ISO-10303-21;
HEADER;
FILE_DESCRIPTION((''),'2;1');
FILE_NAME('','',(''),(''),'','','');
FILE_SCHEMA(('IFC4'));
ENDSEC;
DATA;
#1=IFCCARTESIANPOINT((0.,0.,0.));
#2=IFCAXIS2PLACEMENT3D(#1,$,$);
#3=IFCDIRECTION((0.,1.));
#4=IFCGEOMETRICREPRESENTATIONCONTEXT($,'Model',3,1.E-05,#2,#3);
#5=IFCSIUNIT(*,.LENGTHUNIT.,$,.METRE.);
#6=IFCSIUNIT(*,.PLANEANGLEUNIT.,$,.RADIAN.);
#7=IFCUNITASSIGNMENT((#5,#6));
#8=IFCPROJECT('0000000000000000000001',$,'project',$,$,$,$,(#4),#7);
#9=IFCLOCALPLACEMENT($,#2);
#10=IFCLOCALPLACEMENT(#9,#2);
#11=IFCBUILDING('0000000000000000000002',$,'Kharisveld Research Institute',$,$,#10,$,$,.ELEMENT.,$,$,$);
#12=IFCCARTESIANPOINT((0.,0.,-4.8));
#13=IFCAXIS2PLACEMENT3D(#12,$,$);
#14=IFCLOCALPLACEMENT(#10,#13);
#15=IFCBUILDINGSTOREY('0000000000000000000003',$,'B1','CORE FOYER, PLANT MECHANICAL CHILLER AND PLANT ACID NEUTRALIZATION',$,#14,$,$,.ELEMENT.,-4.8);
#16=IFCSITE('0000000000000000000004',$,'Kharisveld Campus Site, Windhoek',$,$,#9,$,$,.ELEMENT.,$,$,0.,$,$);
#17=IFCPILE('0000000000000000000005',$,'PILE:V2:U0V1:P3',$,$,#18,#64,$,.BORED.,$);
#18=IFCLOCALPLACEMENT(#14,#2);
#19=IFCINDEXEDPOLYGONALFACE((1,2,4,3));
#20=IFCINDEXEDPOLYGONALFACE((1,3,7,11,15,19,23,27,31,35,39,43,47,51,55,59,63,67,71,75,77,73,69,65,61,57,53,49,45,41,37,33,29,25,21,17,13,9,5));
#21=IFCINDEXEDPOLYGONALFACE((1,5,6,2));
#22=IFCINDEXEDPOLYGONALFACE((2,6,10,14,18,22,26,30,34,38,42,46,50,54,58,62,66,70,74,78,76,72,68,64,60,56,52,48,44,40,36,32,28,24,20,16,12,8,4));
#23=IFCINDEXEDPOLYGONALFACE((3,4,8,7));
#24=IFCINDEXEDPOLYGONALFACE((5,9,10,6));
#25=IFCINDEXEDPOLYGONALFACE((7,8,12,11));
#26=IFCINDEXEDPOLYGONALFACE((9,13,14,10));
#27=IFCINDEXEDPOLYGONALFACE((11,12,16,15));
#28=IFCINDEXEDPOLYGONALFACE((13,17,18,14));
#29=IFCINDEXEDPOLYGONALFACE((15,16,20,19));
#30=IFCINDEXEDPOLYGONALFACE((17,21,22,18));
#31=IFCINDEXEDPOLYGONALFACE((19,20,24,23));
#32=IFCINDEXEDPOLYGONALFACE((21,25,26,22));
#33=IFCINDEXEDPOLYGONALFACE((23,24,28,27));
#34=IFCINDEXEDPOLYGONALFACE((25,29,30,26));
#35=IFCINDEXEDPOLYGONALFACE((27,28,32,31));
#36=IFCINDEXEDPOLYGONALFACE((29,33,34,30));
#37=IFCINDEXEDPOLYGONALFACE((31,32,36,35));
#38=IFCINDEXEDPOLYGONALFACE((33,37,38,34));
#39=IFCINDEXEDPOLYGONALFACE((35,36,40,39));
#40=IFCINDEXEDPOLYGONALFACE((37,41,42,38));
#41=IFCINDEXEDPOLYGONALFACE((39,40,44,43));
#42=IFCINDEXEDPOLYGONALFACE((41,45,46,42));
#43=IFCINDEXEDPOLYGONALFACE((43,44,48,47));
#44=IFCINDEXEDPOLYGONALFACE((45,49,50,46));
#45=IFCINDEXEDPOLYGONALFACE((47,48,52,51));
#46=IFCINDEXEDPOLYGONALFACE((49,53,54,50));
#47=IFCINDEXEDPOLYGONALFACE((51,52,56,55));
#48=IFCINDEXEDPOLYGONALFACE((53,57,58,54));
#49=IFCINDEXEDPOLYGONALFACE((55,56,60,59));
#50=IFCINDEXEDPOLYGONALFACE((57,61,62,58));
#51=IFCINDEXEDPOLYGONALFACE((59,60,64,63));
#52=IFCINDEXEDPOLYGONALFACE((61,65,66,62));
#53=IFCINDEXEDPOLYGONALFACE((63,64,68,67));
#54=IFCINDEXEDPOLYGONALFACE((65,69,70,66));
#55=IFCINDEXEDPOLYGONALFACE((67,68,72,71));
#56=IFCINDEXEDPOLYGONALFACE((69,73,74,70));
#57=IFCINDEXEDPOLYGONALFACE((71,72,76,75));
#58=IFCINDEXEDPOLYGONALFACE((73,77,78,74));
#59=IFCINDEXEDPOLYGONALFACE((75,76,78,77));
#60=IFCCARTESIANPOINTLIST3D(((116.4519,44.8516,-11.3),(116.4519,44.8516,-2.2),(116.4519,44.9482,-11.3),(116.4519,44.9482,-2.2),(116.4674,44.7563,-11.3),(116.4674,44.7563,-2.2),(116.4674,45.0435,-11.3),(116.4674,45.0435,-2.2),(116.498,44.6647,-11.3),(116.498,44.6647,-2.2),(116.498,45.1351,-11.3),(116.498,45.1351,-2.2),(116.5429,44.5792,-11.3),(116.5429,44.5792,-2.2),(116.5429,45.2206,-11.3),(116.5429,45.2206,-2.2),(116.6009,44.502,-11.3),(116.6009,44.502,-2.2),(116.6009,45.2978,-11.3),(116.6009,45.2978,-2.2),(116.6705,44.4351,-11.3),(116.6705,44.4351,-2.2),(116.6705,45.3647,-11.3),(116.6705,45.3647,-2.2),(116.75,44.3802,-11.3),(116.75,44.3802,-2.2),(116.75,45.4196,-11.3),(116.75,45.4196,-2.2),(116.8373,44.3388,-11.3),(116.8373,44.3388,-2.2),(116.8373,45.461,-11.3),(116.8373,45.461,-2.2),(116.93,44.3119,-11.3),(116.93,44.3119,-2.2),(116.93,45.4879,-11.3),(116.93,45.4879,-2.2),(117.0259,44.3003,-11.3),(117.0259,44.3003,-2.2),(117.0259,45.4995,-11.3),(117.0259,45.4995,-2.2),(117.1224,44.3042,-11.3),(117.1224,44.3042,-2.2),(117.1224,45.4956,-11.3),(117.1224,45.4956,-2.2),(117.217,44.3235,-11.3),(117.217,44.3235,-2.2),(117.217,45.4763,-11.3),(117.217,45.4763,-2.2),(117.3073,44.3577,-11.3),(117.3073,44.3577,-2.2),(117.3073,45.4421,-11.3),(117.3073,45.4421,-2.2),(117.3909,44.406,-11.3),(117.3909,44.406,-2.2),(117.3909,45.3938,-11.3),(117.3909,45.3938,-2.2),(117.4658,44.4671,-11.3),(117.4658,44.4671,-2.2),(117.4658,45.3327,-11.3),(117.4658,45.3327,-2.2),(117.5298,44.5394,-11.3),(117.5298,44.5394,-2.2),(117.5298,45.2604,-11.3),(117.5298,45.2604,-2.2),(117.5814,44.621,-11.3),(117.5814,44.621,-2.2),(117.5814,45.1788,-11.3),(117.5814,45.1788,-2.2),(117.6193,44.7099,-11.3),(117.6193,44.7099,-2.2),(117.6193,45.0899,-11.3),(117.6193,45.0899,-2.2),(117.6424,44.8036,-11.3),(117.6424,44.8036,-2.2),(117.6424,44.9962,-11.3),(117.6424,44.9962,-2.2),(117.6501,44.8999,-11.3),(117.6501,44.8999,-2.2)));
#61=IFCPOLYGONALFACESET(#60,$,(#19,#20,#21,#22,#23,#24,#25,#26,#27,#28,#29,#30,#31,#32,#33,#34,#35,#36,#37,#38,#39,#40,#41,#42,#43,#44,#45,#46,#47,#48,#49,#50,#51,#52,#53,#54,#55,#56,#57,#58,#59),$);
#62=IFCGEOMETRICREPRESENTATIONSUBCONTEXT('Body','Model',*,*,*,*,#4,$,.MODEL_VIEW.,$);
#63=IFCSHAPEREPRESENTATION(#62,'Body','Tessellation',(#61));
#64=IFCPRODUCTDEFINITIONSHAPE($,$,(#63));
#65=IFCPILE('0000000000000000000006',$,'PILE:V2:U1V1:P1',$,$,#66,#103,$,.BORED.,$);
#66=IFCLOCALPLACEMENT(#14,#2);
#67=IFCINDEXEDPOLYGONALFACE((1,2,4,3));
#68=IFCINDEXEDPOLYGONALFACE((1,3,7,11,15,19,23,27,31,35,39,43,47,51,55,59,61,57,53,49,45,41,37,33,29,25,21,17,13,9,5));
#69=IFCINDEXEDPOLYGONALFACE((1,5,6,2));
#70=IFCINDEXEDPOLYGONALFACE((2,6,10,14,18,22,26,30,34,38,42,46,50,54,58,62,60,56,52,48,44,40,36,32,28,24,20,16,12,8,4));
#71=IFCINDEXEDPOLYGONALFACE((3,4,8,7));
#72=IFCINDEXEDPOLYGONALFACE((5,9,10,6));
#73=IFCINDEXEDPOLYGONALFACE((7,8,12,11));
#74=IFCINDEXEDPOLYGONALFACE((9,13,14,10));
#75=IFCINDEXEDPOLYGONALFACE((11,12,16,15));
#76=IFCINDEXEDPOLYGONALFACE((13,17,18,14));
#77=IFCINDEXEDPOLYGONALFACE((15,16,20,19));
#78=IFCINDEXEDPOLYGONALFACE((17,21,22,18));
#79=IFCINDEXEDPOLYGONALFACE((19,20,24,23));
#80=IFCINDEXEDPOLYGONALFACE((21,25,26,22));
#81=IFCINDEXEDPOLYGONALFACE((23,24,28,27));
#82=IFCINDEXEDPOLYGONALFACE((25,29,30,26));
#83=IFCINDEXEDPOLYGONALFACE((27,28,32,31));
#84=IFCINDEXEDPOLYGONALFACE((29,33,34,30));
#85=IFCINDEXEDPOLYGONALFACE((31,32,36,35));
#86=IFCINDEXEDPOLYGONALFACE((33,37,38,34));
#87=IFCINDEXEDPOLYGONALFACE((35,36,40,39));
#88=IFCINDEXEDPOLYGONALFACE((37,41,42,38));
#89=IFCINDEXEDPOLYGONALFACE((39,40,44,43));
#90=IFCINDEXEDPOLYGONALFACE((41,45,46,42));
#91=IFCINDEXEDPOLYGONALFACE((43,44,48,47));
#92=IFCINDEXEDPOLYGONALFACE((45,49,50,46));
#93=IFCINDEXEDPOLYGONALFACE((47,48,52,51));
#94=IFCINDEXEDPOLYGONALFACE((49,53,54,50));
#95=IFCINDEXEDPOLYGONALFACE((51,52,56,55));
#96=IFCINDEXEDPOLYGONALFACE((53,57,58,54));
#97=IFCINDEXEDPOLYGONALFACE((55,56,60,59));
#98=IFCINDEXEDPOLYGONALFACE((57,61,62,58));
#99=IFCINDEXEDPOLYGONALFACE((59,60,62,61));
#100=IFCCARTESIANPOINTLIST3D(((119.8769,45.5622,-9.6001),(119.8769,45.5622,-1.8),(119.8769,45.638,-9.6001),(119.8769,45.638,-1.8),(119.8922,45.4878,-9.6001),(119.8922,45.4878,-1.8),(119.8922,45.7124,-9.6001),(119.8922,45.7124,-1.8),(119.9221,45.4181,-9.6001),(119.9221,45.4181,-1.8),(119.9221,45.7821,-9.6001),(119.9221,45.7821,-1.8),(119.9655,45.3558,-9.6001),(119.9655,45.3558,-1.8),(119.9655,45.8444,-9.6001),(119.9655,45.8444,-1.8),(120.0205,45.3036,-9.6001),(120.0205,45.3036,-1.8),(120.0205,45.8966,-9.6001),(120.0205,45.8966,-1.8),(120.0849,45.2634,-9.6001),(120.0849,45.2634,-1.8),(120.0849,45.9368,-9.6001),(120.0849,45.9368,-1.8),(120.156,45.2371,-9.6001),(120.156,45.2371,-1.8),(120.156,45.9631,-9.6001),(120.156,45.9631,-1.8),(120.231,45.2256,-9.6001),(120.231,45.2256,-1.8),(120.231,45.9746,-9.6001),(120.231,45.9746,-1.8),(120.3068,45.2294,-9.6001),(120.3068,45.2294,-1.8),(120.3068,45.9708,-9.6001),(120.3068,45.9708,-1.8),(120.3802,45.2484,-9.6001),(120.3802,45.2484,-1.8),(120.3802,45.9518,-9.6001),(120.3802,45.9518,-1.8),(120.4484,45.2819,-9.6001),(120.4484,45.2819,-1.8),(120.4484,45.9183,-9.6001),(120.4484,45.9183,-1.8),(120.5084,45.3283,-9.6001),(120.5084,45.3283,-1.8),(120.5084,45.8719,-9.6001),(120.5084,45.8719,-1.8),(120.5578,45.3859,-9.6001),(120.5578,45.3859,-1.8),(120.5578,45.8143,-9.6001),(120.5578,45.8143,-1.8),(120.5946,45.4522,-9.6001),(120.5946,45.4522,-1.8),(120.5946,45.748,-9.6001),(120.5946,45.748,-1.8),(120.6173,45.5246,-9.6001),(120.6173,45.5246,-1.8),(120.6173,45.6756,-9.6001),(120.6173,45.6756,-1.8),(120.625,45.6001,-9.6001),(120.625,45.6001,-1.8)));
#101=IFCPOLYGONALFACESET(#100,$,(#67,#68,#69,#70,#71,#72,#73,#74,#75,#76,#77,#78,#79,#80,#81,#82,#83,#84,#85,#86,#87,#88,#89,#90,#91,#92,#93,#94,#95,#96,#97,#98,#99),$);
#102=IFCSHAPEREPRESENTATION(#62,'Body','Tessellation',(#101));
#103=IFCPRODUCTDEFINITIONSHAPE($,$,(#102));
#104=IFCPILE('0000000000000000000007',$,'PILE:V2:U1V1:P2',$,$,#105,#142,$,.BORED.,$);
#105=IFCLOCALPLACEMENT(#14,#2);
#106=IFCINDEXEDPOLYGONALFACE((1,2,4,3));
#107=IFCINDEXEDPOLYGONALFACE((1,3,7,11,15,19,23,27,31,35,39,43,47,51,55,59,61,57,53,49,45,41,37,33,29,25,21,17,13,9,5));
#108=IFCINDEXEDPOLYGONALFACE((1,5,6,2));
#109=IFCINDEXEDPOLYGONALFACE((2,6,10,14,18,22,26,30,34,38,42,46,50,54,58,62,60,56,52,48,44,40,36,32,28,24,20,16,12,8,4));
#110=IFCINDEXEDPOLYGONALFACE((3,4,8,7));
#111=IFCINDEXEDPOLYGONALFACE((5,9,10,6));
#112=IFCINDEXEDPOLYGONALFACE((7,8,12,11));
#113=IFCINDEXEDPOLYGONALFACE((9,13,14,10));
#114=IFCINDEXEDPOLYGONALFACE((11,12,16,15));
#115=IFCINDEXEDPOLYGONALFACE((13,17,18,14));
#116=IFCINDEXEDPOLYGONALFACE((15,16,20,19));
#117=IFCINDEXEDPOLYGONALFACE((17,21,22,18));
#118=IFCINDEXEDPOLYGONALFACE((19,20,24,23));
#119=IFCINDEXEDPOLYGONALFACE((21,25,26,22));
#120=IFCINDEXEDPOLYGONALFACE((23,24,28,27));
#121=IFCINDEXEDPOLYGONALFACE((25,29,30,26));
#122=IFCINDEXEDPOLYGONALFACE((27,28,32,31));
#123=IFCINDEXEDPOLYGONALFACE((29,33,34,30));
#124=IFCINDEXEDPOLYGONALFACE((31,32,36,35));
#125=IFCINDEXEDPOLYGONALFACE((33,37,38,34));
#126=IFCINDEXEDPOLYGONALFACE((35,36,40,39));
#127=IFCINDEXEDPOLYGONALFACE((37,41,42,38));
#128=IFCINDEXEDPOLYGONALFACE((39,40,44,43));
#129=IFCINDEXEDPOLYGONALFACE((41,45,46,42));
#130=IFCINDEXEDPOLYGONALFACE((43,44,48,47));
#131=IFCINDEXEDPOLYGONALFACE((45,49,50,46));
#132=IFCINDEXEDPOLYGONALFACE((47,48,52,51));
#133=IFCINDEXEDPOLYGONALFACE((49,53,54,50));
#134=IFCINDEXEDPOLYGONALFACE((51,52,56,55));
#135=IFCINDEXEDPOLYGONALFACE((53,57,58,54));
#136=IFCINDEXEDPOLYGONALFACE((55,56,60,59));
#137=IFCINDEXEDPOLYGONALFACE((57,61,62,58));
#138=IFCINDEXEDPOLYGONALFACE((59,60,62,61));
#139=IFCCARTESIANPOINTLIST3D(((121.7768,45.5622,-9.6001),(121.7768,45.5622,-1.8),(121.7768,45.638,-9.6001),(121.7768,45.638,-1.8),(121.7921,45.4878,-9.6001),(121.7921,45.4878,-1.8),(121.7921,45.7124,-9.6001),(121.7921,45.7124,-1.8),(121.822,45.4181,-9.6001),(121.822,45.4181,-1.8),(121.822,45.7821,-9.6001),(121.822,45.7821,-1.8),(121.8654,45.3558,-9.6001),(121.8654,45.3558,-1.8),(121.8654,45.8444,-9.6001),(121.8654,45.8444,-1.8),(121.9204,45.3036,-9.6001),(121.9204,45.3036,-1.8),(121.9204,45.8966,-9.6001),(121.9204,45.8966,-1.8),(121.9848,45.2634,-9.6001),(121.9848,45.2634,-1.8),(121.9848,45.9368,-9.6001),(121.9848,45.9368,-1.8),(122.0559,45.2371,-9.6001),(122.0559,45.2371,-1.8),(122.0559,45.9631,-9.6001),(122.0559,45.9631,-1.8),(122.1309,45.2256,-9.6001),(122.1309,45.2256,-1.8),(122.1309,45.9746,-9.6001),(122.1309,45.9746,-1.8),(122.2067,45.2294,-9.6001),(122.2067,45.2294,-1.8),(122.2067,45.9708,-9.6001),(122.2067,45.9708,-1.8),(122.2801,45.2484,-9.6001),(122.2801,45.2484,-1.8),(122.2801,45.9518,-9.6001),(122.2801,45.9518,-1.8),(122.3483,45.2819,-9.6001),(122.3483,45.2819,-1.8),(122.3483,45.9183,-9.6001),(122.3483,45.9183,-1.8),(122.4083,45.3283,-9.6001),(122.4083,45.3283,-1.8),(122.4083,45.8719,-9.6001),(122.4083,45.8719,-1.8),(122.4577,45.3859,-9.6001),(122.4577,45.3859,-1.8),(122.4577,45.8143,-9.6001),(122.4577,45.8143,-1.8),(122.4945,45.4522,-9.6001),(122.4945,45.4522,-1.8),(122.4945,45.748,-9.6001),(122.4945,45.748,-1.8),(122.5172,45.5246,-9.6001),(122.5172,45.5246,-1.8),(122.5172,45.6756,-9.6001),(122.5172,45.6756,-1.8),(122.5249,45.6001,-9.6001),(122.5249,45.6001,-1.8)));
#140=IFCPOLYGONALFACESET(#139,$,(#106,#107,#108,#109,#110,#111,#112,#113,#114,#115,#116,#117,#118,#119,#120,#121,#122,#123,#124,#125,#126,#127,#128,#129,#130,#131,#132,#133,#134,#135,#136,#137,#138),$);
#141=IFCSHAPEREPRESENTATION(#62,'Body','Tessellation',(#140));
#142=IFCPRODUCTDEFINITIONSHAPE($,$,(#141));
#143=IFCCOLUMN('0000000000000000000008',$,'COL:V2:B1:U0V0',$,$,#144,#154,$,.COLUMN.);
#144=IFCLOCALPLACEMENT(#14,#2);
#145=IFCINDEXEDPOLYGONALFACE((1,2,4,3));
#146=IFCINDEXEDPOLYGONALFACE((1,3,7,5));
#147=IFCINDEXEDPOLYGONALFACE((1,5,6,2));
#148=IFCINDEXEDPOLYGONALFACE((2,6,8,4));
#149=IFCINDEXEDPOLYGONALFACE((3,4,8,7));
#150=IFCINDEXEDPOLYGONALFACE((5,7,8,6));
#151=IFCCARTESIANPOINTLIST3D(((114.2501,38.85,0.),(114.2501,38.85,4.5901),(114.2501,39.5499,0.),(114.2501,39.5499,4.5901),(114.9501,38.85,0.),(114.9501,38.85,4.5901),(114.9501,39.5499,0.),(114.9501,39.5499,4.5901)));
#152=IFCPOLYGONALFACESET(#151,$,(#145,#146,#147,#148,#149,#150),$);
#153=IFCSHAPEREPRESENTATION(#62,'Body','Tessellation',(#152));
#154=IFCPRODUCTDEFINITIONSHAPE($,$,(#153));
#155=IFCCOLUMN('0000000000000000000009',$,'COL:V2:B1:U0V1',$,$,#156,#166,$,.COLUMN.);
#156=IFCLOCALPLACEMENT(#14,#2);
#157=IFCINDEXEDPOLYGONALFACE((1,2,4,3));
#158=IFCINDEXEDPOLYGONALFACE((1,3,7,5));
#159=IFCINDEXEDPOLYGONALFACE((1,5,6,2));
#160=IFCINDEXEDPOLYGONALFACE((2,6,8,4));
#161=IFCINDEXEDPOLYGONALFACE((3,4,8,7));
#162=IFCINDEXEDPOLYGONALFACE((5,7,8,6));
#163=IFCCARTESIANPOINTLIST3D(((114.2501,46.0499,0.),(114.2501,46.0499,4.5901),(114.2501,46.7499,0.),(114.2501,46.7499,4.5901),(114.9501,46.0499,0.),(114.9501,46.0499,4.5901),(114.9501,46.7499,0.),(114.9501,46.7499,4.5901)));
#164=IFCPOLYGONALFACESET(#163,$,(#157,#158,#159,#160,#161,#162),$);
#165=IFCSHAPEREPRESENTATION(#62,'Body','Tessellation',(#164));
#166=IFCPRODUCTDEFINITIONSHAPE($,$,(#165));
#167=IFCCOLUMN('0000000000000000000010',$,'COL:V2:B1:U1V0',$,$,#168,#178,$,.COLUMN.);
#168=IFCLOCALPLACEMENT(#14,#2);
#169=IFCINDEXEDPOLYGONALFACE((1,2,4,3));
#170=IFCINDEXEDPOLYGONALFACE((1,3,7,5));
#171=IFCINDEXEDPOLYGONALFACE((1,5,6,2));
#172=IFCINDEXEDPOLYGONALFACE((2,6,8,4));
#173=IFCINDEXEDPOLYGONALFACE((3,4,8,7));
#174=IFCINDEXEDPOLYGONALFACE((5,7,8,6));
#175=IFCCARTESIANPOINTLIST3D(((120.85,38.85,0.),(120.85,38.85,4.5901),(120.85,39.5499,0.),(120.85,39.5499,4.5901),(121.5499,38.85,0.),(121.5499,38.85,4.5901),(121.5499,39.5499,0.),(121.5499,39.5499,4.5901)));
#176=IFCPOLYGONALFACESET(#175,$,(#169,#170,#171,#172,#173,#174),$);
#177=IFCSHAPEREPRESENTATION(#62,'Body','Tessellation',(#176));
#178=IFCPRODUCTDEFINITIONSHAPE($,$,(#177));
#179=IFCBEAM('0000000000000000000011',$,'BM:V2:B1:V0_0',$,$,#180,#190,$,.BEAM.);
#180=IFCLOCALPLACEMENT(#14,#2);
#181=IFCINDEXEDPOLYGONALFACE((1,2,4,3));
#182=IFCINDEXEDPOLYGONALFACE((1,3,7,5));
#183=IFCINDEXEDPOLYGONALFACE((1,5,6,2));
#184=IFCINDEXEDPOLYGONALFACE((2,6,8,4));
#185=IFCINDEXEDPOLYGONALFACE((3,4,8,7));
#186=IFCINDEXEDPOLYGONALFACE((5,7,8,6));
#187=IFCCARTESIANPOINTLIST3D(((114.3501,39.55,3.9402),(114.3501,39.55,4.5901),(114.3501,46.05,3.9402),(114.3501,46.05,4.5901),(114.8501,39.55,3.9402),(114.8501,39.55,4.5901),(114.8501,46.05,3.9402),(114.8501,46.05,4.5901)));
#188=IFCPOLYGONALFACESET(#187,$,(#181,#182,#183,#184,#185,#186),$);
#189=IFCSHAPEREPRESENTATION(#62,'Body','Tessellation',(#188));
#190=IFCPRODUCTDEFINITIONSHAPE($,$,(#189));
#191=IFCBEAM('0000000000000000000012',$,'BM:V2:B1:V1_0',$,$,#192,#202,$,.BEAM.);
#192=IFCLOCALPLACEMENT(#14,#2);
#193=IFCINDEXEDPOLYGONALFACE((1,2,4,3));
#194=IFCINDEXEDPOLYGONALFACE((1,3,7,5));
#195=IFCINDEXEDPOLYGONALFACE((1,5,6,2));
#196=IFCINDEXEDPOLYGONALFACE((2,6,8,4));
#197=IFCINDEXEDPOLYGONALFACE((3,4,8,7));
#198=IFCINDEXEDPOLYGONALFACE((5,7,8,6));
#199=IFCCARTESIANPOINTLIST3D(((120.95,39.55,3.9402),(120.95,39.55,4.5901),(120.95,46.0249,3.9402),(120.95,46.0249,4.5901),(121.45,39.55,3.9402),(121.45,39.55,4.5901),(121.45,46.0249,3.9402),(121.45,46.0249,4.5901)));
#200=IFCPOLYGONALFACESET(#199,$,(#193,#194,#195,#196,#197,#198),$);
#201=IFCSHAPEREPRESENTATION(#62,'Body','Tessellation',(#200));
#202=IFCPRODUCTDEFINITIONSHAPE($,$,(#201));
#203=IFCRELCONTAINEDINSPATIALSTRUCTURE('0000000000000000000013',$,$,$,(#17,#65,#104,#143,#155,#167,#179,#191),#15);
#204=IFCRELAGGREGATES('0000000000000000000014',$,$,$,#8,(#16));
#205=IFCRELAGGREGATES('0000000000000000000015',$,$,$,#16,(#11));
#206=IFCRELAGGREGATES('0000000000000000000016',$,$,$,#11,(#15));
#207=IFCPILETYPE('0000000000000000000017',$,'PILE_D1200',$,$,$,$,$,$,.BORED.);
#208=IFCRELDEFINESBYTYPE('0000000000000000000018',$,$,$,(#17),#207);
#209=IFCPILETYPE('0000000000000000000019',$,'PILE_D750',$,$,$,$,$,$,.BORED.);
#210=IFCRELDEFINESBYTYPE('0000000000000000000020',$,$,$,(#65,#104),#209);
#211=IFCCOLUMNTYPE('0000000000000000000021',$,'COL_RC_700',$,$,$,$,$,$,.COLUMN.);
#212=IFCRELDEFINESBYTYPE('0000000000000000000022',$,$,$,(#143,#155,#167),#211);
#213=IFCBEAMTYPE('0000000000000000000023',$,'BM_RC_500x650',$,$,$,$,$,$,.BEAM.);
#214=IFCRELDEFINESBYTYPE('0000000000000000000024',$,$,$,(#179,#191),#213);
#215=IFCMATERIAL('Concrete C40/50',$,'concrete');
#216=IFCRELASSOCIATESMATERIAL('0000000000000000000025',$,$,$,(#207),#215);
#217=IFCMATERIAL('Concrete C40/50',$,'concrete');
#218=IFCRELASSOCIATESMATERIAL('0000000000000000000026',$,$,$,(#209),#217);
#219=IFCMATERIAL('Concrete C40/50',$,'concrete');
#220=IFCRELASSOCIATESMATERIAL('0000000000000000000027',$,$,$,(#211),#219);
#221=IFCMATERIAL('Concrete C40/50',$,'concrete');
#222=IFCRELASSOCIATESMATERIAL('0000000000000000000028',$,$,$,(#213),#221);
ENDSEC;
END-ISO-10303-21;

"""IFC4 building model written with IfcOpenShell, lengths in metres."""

from ifc_helpers import new_model, si_unit, direction, frame, origin, origin_2d, place, context, subcontext, project, spatial, rectangle, circle, extrude, material, material_profile, profile_set, type_object, element, save


model = new_model("IFC4")

# Units and contexts
model_context = context("Model", 3, precision=1e-05, world=origin(), true_north=direction((0.0, 1.0)))
body_context = subcontext(model_context, "Body", "Model", "MODEL_VIEW")
ifc_project = project(units=[si_unit("LENGTHUNIT", "METRE"), si_unit("PLANEANGLEUNIT", "RADIAN")], contexts=[model_context])

# Site, building, storey
site_placement = place(None, origin())
site = spatial("IfcSite", under=ifc_project, at=site_placement, Name="Kharisveld Campus Site, Windhoek", CompositionType="ELEMENT", RefElevation=0.0)
building_placement = place(site_placement, origin())
building = spatial("IfcBuilding", under=site, at=building_placement, Name="Kharisveld Research Institute", CompositionType="ELEMENT")
storey_placement = place(building_placement, frame((0.0, 0.0, -4.8)))
storey = spatial("IfcBuildingStorey", under=building, at=storey_placement, Name="B1", Description="CORE FOYER, PLANT MECHANICAL CHILLER AND PLANT ACID NEUTRALIZATION", CompositionType="ELEMENT", Elevation=-4.8)

# Piles
ifc_material_1 = material(Name="Concrete C40/50", Category="concrete")
ifc_material_profile_1 = material_profile(ifc_material_1, circle(Radius=0.6001, at=origin_2d()))
ifc_profile_set_1 = profile_set([ifc_material_profile_1], Name="Concrete C40/50")
pile_type_1 = type_object("IfcPileType", Name="PILE_D1200", PredefinedType="BORED", material=ifc_profile_set_1)
for number, where, z_axis, x_axis, name in (
    (1, (117.05, 44.8999, -2.2), (0.0, 0.0, -1.0), (1.0, 0.0, 0.0), "PILE:V2:U0V1:P3"),
):
    element("IfcPile", number, at=place(storey_placement, frame(where, z_axis=z_axis, x_axis=x_axis)), inside=storey, type_object=pile_type_1, Name=name, PredefinedType="BORED", context=body_context, shape_type="SweptSolid", body=[
        extrude(circle(Radius=0.6001, at=origin_2d()), origin(), (0.0, 0.0, 1.0), 9.1001),
    ])
ifc_material_2 = material(Name="Concrete C40/50", Category="concrete")
ifc_material_profile_2 = material_profile(ifc_material_2, circle(Radius=0.375, at=origin_2d()))
ifc_profile_set_2 = profile_set([ifc_material_profile_2], Name="Concrete C40/50")
pile_type_2 = type_object("IfcPileType", Name="PILE_D750", PredefinedType="BORED", material=ifc_profile_set_2)
for number, where, z_axis, x_axis, name in (
    (2, (120.25, 45.6001, -1.8), (0.0, 0.0, -1.0), (1.0, 0.0, 0.0), "PILE:V2:U1V1:P1"),
    (3, (122.1499, 45.6001, -1.8), (0.0, 0.0, -1.0), (1.0, 0.0, 0.0), "PILE:V2:U1V1:P2"),
):
    element("IfcPile", number, at=place(storey_placement, frame(where, z_axis=z_axis, x_axis=x_axis)), inside=storey, type_object=pile_type_2, Name=name, PredefinedType="BORED", context=body_context, shape_type="SweptSolid", body=[
        extrude(circle(Radius=0.375, at=origin_2d()), origin(), (0.0, 0.0, 1.0), 7.8),
    ])

# Columns
ifc_material_3 = material(Name="Concrete C40/50", Category="concrete")
ifc_material_profile_3 = material_profile(ifc_material_3, rectangle(XDim=0.7, YDim=0.7, at=origin_2d()))
ifc_profile_set_3 = profile_set([ifc_material_profile_3], Name="Concrete C40/50")
column_type = type_object("IfcColumnType", Name="COL_RC_700", PredefinedType="COLUMN", material=ifc_profile_set_3)
for number, where, z_axis, x_axis, name in (
    (4, (114.6001, 39.2, 0.0), (0.0, 0.0, 1.0), (1.0, 0.0, 0.0), "COL:V2:B1:U0V0"),
    (5, (114.6001, 46.3999, 0.0), (0.0, 0.0, 1.0), (1.0, 0.0, 0.0), "COL:V2:B1:U0V1"),
    (6, (121.2, 39.2, 0.0), (0.0, 0.0, 1.0), (1.0, 0.0, 0.0), "COL:V2:B1:U1V0"),
):
    element("IfcColumn", number, at=place(storey_placement, frame(where, z_axis=z_axis, x_axis=x_axis)), inside=storey, type_object=column_type, Name=name, PredefinedType="COLUMN", context=body_context, shape_type="SweptSolid", body=[
        extrude(rectangle(XDim=0.7, YDim=0.7, at=origin_2d()), origin(), (0.0, 0.0, 1.0), 4.5901),
    ])

# Beams
ifc_material_4 = material(Name="Concrete C40/50", Category="concrete")
ifc_material_profile_4 = material_profile(ifc_material_4, rectangle(XDim=0.5, YDim=0.6499, at=origin_2d()))
ifc_profile_set_4 = profile_set([ifc_material_profile_4], Name="Concrete C40/50")
beam_type_1 = type_object("IfcBeamType", Name="BM_RC_500x650", PredefinedType="BEAM", material=ifc_profile_set_4)
beam_1_placement = place(storey_placement, frame((114.6001, 39.55, 4.2651), z_axis=(0.0, 1.0, 0.0), x_axis=(-1.0, 0.0, 0.0)))
element("IfcBeam", 7, at=beam_1_placement, inside=storey, type_object=beam_type_1, Name="BM:V2:B1:V0_0", PredefinedType="BEAM", context=body_context, shape_type="SweptSolid", body=[
    extrude(rectangle(XDim=0.5, YDim=0.6499, at=origin_2d()), origin(), (0.0, 0.0, 1.0), 6.5),
])
beam_2_placement = place(storey_placement, frame((121.2, 39.55, 4.2651), z_axis=(0.0, 1.0, 0.0), x_axis=(-1.0, 0.0, 0.0)))
element("IfcBeam", 8, at=beam_2_placement, inside=storey, type_object=beam_type_1, Name="BM:V2:B1:V1_0", PredefinedType="BEAM", context=body_context, shape_type="SweptSolid", body=[
    extrude(rectangle(XDim=0.5, YDim=0.6499, at=origin_2d()), origin(), (0.0, 0.0, 1.0), 6.4749),
])

save(model, "model.ifc")
